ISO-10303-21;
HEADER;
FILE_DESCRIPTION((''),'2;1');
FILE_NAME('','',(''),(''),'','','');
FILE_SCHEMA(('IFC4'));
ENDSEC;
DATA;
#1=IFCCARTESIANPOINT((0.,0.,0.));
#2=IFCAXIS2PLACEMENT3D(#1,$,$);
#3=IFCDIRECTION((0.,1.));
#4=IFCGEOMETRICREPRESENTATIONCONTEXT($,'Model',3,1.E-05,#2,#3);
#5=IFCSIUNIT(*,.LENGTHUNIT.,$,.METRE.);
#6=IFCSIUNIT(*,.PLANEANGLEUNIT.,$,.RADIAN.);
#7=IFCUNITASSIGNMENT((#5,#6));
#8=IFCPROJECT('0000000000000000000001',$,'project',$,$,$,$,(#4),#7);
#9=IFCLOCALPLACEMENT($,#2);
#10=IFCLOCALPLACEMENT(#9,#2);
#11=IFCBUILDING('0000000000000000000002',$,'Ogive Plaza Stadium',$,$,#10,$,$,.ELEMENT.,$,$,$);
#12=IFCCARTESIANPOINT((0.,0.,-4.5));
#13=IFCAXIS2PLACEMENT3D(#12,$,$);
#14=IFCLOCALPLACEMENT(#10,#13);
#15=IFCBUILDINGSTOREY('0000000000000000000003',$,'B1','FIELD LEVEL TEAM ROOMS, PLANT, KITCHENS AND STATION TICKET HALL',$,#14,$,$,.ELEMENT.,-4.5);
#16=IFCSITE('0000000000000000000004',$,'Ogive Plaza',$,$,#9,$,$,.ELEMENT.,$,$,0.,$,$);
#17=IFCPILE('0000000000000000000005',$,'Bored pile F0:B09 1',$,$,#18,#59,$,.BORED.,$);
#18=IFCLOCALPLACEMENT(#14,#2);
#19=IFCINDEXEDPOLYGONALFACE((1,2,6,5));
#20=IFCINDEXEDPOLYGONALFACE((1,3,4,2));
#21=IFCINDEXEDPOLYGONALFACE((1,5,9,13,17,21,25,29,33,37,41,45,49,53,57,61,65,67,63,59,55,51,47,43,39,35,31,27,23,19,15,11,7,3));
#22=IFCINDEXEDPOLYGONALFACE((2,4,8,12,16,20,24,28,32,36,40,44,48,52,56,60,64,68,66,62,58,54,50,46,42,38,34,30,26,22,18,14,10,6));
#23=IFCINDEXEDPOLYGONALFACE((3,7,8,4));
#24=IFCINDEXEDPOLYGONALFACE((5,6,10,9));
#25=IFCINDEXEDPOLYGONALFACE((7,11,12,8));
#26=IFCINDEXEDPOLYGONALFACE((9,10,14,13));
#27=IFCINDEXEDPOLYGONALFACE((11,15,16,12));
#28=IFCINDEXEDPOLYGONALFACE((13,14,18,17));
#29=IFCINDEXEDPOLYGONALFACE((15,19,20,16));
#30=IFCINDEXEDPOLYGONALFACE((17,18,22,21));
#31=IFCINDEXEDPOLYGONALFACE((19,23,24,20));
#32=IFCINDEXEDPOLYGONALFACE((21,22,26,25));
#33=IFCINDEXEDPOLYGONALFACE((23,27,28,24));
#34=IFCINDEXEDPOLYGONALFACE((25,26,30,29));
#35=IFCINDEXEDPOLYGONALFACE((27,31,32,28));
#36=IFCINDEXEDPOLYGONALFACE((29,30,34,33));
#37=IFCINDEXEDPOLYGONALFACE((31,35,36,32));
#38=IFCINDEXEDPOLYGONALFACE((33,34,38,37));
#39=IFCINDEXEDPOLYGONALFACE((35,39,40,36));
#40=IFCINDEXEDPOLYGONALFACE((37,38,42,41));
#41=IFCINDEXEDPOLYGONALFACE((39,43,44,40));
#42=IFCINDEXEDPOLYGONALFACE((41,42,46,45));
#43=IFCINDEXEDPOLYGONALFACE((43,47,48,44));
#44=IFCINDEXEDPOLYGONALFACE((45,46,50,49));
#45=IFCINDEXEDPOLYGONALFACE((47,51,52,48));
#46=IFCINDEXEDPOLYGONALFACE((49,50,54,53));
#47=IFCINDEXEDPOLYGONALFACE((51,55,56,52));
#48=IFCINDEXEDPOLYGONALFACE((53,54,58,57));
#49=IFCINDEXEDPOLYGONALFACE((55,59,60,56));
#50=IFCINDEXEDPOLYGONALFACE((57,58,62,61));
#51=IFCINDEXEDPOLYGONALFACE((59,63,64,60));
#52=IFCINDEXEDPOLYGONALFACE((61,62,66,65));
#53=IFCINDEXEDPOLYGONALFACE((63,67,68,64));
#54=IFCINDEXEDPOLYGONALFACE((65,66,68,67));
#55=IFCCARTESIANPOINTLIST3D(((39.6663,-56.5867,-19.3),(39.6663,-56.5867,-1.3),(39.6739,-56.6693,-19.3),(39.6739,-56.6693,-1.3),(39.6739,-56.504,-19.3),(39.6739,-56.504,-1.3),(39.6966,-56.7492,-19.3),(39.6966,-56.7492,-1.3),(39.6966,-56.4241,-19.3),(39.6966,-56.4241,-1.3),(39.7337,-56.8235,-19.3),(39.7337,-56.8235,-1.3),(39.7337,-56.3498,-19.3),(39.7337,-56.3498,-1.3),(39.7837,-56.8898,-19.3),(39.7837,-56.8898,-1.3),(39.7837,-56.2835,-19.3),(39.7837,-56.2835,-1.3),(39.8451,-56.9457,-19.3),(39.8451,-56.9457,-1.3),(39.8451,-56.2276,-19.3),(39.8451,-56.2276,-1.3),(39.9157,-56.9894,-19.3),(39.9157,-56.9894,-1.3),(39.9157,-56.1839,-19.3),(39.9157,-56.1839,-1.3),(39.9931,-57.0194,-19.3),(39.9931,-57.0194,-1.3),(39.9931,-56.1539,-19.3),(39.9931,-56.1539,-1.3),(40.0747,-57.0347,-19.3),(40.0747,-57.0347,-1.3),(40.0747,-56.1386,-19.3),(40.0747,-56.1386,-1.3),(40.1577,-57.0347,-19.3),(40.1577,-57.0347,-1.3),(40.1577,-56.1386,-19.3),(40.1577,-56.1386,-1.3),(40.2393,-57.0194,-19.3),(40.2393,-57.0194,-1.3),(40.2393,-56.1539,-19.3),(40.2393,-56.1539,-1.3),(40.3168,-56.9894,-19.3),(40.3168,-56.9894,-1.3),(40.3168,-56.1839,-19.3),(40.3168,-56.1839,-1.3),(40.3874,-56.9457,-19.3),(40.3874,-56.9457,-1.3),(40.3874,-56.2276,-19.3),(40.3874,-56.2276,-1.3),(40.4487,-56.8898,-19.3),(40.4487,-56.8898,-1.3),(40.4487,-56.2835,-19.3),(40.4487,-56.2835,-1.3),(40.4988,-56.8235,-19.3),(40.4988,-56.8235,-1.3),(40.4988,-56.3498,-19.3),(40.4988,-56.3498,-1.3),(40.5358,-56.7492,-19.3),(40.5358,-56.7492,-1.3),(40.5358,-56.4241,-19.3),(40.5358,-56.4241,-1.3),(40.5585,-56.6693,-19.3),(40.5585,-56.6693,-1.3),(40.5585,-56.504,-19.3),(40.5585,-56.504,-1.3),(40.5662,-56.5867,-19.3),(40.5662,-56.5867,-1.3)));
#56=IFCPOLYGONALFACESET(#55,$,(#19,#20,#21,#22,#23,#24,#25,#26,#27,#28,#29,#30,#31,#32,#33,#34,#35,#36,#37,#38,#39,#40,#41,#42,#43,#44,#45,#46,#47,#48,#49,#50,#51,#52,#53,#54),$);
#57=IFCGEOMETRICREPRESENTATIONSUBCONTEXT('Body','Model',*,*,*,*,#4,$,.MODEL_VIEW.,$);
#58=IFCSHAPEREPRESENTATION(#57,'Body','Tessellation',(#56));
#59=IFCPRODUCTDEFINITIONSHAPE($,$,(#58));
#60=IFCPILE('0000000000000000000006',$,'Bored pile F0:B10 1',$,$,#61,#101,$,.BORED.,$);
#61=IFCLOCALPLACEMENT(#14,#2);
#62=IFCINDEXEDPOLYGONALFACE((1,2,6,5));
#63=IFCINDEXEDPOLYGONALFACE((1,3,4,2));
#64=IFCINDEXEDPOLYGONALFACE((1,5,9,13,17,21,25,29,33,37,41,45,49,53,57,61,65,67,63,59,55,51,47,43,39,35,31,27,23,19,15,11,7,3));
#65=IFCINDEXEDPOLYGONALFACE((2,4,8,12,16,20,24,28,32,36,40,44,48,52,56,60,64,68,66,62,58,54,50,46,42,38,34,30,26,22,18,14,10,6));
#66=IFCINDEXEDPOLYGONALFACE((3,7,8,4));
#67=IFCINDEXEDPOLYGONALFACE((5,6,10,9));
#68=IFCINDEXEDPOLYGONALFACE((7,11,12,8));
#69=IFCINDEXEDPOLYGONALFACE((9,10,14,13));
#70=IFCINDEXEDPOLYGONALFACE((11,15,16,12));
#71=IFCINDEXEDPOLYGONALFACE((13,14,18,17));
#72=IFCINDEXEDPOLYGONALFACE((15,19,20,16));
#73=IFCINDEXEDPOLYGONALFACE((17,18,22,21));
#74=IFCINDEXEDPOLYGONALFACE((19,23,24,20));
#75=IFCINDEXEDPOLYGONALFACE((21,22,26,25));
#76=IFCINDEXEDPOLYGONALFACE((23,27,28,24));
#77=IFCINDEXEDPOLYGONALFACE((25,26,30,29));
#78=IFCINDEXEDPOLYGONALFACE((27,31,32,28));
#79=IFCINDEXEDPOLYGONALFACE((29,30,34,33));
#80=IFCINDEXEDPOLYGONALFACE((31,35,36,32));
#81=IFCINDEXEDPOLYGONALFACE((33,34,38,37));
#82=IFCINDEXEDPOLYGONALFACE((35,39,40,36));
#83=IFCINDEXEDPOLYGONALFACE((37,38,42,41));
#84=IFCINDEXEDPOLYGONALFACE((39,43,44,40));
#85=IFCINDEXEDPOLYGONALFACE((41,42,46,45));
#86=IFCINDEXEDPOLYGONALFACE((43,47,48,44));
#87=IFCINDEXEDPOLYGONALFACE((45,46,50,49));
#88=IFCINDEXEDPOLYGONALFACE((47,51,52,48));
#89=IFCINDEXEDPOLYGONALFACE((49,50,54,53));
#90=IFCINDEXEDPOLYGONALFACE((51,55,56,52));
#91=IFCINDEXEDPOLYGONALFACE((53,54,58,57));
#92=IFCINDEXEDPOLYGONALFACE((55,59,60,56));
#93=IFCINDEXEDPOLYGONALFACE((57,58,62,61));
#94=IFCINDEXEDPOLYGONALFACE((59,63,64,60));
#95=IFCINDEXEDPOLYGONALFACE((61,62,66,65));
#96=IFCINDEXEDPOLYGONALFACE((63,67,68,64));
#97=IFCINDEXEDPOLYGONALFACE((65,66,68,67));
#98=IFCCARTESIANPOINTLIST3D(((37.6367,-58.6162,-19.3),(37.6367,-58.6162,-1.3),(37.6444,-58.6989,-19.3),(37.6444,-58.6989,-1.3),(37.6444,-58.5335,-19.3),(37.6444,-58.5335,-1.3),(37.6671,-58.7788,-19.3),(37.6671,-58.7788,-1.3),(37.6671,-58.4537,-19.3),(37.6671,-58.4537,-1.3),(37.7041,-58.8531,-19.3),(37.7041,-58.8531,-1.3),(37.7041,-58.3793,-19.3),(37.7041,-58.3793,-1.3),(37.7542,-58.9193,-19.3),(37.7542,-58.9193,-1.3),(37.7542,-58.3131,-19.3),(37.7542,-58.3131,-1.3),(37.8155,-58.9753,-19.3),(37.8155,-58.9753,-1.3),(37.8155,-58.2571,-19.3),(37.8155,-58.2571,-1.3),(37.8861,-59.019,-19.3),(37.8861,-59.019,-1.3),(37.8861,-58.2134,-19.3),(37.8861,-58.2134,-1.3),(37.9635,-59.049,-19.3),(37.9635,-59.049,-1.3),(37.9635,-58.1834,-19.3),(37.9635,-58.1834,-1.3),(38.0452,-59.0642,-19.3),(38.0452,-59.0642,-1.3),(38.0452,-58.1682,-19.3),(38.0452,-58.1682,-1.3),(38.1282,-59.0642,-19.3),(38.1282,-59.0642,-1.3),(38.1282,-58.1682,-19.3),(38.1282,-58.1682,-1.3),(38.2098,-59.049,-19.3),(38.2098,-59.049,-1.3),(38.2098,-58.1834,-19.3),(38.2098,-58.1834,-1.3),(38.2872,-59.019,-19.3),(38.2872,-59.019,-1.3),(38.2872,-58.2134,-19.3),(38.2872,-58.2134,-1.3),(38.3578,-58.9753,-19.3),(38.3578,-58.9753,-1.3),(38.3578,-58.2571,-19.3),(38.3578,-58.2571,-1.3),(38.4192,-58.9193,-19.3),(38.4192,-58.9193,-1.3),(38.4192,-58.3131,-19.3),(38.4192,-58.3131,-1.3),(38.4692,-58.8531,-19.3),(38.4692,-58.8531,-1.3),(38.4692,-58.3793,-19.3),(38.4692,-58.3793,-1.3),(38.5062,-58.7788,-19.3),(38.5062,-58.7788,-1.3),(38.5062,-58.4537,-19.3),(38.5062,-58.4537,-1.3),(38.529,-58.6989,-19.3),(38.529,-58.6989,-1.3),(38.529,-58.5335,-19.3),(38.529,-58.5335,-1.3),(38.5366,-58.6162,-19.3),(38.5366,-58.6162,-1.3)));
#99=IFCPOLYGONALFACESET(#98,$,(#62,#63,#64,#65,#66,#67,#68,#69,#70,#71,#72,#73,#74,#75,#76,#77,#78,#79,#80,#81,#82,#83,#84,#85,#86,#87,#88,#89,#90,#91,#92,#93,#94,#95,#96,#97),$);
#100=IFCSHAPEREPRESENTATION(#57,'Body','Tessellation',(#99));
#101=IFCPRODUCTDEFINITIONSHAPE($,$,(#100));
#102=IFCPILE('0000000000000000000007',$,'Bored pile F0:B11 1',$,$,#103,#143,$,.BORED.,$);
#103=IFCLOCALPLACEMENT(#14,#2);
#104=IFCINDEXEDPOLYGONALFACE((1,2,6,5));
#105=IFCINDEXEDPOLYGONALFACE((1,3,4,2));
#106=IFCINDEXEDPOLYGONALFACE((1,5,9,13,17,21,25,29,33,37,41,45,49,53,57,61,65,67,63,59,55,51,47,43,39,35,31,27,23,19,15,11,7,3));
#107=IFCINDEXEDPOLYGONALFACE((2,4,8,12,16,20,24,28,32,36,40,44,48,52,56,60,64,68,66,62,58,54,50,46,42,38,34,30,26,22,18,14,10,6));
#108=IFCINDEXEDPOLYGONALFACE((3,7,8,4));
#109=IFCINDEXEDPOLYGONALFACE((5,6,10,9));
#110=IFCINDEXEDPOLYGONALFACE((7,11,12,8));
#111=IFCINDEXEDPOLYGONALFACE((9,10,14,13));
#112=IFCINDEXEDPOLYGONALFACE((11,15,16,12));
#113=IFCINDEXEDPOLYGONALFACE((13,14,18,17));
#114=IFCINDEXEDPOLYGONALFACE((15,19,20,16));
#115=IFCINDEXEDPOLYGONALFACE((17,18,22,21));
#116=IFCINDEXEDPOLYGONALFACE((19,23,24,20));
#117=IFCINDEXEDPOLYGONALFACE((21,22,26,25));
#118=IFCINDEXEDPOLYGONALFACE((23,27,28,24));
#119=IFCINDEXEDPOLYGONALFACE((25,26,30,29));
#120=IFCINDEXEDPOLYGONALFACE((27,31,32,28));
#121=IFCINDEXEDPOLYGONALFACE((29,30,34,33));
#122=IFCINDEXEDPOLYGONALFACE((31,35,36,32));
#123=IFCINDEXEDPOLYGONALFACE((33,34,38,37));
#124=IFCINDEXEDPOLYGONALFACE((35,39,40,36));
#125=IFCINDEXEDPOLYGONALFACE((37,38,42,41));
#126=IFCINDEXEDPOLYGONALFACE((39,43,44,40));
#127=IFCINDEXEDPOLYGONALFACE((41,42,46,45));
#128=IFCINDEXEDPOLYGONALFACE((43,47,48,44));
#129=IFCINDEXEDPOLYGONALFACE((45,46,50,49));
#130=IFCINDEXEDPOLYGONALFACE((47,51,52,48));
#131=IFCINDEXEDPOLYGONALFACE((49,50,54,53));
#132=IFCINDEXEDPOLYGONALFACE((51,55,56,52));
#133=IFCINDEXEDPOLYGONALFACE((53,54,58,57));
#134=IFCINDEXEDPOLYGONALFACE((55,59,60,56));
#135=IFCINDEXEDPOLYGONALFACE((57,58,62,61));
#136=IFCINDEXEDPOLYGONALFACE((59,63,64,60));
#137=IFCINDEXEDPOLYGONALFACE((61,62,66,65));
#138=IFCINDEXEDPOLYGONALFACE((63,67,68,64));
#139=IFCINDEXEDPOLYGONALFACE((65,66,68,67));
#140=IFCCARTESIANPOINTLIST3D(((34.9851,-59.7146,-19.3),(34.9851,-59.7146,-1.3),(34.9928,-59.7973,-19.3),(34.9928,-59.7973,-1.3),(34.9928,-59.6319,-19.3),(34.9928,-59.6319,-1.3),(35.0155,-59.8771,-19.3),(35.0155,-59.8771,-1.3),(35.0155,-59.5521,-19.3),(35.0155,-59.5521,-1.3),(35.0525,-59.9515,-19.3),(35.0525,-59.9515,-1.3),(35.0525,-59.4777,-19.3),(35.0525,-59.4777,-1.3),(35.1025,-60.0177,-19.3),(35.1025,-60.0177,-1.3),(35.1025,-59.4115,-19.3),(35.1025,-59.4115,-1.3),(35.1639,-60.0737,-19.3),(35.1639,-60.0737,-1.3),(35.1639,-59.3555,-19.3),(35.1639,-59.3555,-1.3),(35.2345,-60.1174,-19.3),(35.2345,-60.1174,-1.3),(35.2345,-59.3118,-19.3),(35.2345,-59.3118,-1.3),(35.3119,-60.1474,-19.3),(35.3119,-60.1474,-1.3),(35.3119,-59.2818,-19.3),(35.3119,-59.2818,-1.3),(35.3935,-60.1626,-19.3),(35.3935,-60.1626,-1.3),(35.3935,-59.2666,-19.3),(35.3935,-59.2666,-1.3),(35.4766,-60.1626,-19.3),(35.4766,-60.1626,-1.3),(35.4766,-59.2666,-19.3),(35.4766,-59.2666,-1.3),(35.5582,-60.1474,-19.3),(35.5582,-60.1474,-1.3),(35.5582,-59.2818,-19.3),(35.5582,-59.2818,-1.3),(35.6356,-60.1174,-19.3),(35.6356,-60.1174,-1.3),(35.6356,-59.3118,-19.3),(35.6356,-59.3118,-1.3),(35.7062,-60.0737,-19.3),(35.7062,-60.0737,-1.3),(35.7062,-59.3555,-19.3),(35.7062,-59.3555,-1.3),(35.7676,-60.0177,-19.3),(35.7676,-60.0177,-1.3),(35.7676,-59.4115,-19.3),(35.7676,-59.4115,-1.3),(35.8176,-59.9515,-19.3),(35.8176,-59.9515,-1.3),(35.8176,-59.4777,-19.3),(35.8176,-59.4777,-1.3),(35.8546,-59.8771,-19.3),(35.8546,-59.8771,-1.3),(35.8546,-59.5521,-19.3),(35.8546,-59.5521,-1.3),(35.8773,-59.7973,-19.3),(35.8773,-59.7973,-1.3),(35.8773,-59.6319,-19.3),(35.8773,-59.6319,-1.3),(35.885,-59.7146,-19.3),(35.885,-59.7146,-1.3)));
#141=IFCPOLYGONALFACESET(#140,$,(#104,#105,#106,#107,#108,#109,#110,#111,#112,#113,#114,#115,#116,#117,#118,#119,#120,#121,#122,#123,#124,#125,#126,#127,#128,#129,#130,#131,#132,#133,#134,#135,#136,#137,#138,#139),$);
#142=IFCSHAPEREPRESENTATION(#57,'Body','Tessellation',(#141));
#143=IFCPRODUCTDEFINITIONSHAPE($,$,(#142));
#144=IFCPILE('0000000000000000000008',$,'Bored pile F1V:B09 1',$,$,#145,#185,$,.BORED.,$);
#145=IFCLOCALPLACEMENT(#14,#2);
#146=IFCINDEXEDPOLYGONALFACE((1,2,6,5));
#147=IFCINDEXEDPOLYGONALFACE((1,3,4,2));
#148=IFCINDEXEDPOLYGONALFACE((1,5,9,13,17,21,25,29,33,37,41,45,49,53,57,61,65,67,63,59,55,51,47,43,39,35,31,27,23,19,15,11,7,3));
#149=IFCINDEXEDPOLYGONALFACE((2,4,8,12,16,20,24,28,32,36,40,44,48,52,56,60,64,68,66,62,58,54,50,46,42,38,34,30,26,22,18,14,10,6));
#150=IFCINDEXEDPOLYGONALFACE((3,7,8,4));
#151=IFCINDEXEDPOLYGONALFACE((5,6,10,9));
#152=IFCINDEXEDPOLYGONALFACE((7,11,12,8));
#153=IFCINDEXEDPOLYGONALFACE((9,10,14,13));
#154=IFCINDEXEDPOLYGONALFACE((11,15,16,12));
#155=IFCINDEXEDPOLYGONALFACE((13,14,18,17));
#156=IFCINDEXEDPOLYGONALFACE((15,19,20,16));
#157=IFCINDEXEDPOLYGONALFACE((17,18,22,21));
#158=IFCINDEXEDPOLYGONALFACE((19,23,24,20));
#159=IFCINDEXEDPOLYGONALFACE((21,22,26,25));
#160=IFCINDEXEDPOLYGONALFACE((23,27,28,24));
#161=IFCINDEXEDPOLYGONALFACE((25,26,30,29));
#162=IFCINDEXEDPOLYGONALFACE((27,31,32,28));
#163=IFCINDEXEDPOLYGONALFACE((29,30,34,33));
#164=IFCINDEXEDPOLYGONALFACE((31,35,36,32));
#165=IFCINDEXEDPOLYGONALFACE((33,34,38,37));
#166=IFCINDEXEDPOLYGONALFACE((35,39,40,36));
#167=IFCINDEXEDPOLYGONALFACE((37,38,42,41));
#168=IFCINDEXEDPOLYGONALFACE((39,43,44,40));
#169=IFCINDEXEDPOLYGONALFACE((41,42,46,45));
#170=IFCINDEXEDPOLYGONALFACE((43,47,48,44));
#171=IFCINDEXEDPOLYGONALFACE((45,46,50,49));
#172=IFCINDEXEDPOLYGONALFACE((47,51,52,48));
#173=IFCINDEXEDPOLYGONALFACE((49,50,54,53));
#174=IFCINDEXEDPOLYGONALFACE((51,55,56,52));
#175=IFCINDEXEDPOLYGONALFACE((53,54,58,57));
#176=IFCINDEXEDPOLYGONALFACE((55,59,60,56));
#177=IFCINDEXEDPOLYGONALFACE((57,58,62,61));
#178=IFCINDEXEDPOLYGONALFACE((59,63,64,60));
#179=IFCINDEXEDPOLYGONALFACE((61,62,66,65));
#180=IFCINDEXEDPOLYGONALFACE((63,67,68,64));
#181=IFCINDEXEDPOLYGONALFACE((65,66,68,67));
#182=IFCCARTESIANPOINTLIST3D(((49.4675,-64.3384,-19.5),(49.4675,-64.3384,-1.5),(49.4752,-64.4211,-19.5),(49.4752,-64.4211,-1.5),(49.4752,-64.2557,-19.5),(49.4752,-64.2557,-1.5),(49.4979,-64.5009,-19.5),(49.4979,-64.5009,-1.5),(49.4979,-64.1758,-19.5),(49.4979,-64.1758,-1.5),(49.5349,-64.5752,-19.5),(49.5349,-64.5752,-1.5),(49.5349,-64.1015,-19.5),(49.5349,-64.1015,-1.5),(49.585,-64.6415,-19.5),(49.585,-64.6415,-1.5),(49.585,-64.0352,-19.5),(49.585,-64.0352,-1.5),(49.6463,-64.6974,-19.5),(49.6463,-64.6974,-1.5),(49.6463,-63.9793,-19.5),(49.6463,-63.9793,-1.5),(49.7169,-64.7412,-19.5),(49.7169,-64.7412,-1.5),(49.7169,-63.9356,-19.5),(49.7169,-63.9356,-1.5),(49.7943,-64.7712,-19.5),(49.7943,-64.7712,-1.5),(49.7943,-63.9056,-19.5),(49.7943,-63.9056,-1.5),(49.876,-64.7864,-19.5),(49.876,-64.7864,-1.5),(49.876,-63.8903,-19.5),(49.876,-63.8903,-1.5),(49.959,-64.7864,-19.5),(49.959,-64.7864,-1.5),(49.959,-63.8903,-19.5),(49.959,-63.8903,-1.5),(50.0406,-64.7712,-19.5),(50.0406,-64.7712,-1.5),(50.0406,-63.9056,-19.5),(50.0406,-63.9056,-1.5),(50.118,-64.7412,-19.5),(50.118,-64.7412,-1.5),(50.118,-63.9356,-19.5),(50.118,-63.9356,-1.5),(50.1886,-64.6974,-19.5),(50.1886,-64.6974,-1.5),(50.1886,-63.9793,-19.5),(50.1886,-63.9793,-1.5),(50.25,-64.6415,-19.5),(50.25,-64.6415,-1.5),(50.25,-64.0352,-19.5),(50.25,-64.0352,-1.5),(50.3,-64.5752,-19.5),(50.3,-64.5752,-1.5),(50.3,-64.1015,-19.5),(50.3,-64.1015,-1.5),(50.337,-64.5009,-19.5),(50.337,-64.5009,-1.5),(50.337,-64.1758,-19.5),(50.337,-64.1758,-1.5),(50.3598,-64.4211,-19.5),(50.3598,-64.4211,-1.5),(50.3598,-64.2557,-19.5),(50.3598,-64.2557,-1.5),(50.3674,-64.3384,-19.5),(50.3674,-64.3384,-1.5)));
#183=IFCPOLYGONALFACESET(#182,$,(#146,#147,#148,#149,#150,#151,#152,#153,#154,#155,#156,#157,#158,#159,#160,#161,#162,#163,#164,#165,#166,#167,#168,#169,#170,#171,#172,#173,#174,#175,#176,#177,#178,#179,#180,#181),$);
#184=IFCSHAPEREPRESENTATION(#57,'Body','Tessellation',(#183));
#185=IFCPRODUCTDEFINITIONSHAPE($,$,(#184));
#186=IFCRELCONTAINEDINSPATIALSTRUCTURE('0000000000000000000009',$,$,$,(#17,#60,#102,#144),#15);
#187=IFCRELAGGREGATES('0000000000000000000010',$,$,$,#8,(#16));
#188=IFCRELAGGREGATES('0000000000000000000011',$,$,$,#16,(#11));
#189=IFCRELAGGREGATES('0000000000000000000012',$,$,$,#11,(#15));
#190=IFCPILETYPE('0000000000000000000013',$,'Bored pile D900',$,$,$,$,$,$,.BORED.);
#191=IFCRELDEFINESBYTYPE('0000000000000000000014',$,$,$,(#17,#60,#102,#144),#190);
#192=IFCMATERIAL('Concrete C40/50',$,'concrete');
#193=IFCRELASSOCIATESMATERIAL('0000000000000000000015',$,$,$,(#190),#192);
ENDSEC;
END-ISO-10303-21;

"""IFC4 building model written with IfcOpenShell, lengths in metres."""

from ifc_helpers import new_model, si_unit, direction, frame, origin, origin_2d, place, context, subcontext, project, spatial, circle, extrude, material, material_profile, profile_set, type_object, element, save


model = new_model("IFC4")

# Units and contexts
model_context = context("Model", 3, precision=1e-05, world=origin(), true_north=direction((0.0, 1.0)))
body_context = subcontext(model_context, "Body", "Model", "MODEL_VIEW")
ifc_project = project(units=[si_unit("LENGTHUNIT", "METRE"), si_unit("PLANEANGLEUNIT", "RADIAN")], contexts=[model_context])

# Site, building, storey
site_placement = place(None, origin())
site = spatial("IfcSite", under=ifc_project, at=site_placement, Name="Ogive Plaza", CompositionType="ELEMENT", RefElevation=0.0)
building_placement = place(site_placement, origin())
building = spatial("IfcBuilding", under=site, at=building_placement, Name="Ogive Plaza Stadium", CompositionType="ELEMENT")
storey_placement = place(building_placement, frame((0.0, 0.0, -4.5)))
storey = spatial("IfcBuildingStorey", under=building, at=storey_placement, Name="B1", Description="FIELD LEVEL TEAM ROOMS, PLANT, KITCHENS AND STATION TICKET HALL", CompositionType="ELEMENT", Elevation=-4.5)

# Piles
ifc_material_1 = material(Name="Concrete C40/50", Category="concrete")
ifc_material_profile_1 = material_profile(ifc_material_1, circle(Radius=0.45, at=origin_2d()), Name="RC D900")
ifc_profile_set_1 = profile_set([ifc_material_profile_1], Name="Concrete C40/50")
pile_type = type_object("IfcPileType", Name="Bored pile D900", PredefinedType="BORED", material=ifc_profile_set_1)
for number, where, z_axis, x_axis, name in (
    (1, (40.1162, -56.5867, -1.3), (0.0, 0.0, -1.0), (1.0, 0.0, 0.0), "Bored pile F0:B09 1"),
    (2, (38.0867, -58.6162, -1.3), (0.0, 0.0, -1.0), (1.0, 0.0, 0.0), "Bored pile F0:B10 1"),
    (3, (35.4351, -59.7146, -1.3), (0.0, 0.0, -1.0), (1.0, 0.0, 0.0), "Bored pile F0:B11 1"),
    (4, (49.9175, -64.3384, -1.5), (0.0, 0.0, -1.0), (1.0, 0.0, 0.0), "Bored pile F1V:B09 1"),
):
    element("IfcPile", number, at=place(storey_placement, frame(where, z_axis=z_axis, x_axis=x_axis)), inside=storey, type_object=pile_type, Name=name, PredefinedType="BORED", context=body_context, shape_type="SweptSolid", body=[
        extrude(circle(Radius=0.45, at=origin_2d()), origin(), (0.0, 0.0, 1.0), 18.0),
    ])

save(model, "model.ifc")
